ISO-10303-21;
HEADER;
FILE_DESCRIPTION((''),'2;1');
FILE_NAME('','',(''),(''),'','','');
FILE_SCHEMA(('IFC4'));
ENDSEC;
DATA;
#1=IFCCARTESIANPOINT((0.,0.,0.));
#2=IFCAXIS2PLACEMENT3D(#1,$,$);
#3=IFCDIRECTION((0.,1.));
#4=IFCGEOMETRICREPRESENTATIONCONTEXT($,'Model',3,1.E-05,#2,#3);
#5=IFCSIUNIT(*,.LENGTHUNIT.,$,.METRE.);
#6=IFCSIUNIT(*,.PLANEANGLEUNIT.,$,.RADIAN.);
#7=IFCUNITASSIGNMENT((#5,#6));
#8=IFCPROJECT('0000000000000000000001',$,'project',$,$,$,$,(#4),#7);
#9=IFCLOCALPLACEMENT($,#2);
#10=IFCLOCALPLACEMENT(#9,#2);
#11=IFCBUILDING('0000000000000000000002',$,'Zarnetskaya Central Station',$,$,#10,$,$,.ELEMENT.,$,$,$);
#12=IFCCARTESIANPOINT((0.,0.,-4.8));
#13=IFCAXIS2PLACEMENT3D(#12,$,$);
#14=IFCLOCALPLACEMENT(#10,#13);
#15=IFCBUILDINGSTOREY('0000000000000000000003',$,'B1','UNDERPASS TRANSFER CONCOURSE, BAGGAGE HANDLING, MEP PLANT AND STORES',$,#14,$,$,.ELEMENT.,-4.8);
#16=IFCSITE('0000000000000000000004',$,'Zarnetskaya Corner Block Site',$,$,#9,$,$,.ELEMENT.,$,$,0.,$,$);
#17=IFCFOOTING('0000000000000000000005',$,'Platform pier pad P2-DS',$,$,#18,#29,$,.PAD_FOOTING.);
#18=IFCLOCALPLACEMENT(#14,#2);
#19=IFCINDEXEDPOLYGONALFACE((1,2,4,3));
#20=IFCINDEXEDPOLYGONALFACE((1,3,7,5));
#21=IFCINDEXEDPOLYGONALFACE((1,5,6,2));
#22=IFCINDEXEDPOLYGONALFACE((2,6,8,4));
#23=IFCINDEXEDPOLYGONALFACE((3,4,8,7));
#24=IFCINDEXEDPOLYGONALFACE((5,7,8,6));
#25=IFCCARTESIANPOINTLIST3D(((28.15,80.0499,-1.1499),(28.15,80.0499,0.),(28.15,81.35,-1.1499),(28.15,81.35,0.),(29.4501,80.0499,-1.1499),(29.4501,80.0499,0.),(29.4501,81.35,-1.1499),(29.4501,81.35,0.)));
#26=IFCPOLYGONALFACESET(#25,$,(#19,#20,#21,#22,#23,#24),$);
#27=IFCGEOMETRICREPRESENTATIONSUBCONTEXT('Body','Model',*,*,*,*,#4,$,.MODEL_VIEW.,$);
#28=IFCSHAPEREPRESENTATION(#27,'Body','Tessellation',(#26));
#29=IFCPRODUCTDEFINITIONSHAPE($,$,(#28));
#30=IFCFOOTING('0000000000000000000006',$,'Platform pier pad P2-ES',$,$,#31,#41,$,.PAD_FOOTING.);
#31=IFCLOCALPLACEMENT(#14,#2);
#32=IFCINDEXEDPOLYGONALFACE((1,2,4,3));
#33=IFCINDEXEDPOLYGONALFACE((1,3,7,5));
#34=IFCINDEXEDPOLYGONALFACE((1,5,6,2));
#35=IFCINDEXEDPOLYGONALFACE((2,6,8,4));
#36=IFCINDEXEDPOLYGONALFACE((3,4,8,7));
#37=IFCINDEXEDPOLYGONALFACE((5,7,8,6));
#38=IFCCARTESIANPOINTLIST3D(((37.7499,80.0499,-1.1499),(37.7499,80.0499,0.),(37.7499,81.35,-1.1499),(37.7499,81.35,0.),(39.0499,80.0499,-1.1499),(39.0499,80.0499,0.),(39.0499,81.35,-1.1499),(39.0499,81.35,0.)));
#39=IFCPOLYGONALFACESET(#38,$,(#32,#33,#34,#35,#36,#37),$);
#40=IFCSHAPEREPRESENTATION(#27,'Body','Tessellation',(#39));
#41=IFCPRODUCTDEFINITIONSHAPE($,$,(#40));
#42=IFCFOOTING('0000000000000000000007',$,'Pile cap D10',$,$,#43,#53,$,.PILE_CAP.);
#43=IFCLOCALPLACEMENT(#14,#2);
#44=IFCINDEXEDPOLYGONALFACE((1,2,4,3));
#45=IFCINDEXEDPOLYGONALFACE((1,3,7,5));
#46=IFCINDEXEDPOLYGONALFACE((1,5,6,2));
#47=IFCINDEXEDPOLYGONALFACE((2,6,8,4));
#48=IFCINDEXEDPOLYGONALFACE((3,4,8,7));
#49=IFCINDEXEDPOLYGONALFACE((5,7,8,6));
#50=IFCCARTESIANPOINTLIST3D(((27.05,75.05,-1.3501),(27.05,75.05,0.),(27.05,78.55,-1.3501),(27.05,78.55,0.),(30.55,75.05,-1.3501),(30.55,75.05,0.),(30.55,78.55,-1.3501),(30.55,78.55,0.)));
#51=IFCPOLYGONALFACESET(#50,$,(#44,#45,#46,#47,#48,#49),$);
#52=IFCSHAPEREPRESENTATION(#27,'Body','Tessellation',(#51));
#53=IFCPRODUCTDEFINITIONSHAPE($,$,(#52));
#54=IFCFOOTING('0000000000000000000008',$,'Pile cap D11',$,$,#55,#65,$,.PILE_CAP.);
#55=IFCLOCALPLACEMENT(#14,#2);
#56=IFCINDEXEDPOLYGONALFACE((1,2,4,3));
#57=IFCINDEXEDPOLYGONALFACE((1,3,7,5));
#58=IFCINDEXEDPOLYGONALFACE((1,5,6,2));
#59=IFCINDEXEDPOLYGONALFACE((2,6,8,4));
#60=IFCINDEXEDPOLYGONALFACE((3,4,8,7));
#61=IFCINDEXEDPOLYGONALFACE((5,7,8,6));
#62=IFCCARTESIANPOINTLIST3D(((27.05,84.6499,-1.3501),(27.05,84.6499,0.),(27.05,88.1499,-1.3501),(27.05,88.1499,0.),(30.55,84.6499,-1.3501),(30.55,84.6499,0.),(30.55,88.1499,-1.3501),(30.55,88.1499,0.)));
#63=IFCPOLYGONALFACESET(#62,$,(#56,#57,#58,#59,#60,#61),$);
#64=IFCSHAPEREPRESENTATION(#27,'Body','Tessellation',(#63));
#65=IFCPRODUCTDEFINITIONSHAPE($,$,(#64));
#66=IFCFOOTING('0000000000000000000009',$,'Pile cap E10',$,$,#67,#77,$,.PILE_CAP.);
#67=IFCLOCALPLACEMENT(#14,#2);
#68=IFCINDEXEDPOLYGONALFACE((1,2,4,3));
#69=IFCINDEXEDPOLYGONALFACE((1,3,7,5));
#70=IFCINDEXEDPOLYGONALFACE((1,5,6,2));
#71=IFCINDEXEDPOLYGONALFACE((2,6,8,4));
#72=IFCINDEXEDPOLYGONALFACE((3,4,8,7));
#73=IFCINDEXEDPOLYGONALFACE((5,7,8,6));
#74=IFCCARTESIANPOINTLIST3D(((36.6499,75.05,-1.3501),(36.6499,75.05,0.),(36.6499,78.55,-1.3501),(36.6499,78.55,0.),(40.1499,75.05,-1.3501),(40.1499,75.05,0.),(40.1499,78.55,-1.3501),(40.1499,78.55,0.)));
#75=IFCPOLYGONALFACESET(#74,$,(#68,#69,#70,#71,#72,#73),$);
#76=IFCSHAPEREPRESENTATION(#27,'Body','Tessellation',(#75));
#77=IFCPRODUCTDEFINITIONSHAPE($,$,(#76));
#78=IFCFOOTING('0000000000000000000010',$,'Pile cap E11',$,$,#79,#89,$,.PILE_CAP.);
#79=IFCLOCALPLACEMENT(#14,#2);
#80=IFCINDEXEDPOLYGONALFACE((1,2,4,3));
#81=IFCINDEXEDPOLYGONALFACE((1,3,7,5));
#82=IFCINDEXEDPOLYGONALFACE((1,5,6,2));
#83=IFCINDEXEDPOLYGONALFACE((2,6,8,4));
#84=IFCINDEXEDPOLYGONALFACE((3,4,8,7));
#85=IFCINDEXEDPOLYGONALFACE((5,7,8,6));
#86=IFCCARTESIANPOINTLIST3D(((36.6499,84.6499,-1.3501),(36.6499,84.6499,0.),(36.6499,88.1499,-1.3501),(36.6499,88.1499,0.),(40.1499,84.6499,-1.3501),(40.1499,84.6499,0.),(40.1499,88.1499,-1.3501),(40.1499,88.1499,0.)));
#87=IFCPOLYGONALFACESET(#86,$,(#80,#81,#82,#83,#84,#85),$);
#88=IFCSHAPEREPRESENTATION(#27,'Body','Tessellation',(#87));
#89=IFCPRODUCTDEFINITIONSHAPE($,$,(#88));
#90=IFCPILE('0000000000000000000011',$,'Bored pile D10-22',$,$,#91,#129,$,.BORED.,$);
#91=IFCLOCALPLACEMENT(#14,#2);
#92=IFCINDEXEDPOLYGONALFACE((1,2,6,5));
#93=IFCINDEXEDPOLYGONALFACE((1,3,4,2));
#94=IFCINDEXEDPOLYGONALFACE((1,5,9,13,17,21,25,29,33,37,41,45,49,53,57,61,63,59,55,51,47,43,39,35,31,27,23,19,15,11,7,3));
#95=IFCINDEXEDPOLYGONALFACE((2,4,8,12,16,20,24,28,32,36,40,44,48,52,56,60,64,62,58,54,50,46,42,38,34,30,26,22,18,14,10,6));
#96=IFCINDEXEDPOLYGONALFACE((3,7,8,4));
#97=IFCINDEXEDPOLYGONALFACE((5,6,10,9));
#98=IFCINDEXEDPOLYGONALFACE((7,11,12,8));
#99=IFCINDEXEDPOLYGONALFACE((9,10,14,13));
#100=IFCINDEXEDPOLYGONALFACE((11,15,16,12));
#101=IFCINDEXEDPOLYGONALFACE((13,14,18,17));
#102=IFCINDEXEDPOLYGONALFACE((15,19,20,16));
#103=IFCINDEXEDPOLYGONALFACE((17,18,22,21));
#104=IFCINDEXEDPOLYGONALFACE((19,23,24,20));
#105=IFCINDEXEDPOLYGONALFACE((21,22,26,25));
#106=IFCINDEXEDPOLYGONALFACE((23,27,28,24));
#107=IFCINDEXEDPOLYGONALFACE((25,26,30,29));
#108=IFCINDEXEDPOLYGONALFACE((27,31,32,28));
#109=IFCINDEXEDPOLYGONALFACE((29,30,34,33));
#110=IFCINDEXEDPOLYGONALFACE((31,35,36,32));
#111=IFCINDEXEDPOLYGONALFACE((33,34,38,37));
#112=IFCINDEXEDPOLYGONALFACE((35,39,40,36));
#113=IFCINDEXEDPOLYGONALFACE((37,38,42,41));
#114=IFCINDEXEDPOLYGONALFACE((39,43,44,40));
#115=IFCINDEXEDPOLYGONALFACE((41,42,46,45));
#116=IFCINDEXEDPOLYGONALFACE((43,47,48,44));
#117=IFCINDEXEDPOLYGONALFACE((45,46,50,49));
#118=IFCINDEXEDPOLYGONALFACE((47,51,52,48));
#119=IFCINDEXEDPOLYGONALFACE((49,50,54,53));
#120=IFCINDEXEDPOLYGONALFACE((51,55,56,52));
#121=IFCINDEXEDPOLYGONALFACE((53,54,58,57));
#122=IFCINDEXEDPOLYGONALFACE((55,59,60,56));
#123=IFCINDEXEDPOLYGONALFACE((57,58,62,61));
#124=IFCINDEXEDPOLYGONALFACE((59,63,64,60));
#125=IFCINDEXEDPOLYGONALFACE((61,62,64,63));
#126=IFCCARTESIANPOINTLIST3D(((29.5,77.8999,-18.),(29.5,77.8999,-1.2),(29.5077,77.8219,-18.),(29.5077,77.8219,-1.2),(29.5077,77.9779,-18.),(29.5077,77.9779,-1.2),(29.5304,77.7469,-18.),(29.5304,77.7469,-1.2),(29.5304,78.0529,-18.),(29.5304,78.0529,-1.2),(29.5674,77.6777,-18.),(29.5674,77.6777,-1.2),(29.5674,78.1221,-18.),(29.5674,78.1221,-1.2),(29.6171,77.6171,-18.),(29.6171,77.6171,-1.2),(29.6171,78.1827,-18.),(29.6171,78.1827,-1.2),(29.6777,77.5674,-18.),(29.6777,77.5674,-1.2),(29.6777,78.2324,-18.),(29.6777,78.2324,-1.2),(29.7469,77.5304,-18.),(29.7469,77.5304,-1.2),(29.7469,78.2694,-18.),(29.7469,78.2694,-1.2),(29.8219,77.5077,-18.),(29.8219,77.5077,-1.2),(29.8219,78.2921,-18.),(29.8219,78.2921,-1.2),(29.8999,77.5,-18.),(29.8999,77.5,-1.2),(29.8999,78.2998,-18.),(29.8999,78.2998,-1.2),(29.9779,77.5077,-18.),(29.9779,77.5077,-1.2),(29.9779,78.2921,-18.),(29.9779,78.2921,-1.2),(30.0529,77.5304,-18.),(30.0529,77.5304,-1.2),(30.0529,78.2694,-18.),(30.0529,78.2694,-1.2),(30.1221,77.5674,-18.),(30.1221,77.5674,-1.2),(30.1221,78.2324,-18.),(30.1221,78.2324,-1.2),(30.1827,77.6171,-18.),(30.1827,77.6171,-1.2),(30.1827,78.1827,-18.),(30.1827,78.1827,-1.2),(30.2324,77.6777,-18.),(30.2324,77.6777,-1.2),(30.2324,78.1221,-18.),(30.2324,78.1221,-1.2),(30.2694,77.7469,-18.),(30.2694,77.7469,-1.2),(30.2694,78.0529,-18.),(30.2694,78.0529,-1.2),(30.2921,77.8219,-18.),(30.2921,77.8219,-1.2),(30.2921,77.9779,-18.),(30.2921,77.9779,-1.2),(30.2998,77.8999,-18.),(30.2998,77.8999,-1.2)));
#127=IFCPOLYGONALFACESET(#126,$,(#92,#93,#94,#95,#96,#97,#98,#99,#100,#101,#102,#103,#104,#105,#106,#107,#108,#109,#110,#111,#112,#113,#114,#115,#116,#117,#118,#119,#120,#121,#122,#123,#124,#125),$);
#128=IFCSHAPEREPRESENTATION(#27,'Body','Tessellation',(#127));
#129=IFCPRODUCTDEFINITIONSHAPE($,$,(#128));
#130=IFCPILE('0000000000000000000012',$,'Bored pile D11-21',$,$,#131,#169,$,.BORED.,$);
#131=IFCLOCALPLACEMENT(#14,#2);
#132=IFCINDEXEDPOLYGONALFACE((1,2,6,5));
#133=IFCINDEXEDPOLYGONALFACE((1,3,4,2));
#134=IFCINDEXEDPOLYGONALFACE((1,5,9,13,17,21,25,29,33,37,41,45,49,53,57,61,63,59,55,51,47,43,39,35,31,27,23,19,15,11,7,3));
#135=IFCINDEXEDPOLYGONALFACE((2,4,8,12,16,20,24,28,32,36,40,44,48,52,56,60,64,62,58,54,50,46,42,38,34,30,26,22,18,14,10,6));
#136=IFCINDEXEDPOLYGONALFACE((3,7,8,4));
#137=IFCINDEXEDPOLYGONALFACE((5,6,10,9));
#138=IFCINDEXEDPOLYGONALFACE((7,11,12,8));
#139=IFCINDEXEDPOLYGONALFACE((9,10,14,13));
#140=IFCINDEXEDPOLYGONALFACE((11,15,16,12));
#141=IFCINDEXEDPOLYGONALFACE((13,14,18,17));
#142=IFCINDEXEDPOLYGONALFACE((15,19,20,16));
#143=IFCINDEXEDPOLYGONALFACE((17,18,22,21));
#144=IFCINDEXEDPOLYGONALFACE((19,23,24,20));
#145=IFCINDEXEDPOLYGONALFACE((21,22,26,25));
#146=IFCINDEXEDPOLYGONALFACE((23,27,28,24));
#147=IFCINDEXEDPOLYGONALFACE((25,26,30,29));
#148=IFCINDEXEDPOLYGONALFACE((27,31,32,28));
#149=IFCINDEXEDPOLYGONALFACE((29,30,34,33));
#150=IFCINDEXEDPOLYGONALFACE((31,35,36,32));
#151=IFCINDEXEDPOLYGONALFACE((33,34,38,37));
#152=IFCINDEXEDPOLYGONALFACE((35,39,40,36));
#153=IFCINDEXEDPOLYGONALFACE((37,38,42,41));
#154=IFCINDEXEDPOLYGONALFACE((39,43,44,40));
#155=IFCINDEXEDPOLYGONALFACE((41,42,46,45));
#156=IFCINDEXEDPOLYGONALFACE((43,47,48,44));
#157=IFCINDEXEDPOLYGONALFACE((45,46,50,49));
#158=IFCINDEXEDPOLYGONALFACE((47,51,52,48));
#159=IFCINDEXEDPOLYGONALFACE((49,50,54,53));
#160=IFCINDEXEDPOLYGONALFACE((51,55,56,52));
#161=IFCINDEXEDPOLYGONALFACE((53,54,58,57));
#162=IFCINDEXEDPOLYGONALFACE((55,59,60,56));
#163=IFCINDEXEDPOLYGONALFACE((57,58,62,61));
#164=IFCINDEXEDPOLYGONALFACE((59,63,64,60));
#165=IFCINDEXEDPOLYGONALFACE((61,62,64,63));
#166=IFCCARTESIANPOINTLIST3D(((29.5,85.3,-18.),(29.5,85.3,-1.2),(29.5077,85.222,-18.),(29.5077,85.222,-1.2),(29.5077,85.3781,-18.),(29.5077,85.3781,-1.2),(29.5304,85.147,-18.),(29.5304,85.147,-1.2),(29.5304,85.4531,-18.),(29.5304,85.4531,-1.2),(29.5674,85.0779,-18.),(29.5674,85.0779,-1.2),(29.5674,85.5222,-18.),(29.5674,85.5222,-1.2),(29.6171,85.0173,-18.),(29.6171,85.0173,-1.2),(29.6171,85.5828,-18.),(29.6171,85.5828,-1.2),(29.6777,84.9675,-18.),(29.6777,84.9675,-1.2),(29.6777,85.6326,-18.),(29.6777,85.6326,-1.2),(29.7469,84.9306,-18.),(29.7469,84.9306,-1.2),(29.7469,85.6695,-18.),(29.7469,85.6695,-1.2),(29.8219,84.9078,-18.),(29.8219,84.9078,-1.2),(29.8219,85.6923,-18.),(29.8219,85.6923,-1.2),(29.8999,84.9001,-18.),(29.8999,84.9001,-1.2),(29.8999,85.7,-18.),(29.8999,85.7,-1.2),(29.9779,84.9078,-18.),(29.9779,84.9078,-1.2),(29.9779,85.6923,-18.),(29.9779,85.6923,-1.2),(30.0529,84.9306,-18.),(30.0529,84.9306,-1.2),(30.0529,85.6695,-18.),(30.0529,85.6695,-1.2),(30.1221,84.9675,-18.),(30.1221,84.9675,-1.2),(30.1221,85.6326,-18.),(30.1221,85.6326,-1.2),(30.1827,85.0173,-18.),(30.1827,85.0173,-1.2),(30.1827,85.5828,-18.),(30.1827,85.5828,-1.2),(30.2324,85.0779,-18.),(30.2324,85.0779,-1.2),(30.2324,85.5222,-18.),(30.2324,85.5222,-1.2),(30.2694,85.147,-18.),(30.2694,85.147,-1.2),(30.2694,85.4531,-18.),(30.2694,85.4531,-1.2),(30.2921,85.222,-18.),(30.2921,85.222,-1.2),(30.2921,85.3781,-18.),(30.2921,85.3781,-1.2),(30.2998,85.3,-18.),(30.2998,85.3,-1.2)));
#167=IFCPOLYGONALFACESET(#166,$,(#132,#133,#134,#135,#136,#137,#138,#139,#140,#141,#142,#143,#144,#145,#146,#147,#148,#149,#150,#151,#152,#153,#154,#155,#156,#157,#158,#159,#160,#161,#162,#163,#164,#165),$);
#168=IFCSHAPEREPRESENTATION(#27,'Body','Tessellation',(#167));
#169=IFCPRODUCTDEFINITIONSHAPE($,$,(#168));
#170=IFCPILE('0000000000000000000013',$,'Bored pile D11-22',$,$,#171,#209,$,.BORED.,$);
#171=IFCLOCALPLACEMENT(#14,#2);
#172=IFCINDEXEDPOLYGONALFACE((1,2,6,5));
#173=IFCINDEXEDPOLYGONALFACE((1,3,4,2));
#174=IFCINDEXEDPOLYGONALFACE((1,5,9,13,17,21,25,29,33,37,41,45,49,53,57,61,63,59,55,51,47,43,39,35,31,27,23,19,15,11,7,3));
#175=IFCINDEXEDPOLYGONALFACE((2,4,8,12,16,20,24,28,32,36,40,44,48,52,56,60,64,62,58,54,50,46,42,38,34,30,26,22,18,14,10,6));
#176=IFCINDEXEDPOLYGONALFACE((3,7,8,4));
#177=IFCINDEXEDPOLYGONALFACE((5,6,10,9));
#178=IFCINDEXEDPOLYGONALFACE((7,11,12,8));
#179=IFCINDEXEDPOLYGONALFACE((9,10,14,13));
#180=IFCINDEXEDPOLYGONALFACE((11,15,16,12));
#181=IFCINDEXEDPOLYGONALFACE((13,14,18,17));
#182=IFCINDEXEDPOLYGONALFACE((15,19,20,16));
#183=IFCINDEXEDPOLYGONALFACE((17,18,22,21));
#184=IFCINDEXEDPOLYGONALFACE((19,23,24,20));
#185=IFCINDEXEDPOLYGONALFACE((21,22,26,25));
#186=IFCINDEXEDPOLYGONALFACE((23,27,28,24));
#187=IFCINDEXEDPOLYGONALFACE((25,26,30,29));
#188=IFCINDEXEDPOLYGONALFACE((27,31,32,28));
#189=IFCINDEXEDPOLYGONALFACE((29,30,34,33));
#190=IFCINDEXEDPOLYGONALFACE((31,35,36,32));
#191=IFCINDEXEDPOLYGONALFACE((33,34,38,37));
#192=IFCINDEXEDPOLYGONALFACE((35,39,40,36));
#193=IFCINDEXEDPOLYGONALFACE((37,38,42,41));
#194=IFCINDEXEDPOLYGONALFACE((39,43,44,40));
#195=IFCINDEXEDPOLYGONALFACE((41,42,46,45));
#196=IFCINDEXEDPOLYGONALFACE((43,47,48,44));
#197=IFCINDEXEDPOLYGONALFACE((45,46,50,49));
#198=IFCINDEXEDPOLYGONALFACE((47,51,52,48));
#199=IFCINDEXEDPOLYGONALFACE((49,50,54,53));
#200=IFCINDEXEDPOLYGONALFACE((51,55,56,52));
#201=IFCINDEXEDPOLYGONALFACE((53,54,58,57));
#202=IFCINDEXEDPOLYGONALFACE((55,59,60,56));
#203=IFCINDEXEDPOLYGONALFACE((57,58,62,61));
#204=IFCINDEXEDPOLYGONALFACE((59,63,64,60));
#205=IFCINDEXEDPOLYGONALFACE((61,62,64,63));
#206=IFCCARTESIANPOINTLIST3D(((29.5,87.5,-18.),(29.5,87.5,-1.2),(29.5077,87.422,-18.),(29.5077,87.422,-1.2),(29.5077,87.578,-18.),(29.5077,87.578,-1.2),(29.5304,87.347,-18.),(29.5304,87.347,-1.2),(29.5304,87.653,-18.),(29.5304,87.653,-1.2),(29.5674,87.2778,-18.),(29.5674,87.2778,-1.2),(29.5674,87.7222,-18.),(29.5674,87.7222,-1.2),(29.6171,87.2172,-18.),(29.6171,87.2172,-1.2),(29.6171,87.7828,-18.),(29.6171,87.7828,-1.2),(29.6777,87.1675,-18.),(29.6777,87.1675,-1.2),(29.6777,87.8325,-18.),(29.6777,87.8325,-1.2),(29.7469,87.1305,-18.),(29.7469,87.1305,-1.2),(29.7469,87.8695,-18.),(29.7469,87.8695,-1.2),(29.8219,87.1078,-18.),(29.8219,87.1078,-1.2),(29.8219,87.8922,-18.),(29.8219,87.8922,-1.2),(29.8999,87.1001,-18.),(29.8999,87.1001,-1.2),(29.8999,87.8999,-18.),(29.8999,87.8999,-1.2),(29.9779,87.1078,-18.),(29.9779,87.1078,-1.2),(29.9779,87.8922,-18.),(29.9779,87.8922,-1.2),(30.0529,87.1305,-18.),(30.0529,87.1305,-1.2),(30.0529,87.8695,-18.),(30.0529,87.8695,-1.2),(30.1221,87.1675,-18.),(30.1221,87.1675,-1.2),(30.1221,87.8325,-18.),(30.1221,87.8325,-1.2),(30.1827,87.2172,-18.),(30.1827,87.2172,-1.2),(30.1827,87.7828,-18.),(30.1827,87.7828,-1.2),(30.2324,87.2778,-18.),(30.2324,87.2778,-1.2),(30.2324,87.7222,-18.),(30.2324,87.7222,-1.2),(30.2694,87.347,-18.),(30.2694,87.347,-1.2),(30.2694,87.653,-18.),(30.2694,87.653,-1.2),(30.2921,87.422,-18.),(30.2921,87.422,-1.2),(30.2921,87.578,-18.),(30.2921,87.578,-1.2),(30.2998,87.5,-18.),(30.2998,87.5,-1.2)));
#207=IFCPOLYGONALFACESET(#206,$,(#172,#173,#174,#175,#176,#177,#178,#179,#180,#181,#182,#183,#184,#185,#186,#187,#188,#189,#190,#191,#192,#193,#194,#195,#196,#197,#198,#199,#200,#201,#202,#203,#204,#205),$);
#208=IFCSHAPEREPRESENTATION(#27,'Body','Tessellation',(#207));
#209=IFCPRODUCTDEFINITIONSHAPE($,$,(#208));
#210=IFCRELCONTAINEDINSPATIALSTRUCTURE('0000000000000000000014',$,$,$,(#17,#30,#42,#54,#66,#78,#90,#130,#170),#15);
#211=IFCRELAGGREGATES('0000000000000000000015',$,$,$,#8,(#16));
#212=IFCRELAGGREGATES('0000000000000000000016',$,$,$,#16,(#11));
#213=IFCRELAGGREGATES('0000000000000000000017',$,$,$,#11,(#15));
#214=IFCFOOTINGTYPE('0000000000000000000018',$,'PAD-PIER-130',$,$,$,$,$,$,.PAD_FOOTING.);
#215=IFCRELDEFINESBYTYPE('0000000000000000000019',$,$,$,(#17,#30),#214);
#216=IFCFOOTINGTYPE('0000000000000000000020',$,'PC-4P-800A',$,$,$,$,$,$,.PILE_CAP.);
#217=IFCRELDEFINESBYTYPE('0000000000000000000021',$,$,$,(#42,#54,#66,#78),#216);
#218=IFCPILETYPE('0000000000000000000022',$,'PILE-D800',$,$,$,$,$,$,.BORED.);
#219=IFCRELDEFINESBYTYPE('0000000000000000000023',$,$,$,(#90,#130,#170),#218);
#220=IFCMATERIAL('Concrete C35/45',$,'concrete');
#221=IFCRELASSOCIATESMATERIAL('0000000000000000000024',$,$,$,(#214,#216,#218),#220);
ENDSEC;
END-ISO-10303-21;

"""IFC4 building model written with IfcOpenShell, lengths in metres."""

from ifc_helpers import new_model, si_unit, direction, frame, origin, origin_2d, place, context, subcontext, project, spatial, rectangle, circle, extrude, material, material_profile, profile_set, type_object, element, save


model = new_model("IFC4")

# Units and contexts
model_context = context("Model", 3, precision=1e-05, world=origin(), true_north=direction((0.0, 1.0)))
body_context = subcontext(model_context, "Body", "Model", "MODEL_VIEW")
ifc_project = project(units=[si_unit("LENGTHUNIT", "METRE"), si_unit("PLANEANGLEUNIT", "RADIAN")], contexts=[model_context])

# Site, building, storey
site_placement = place(None, origin())
site = spatial("IfcSite", under=ifc_project, at=site_placement, Name="Zarnetskaya Corner Block Site", CompositionType="ELEMENT", RefElevation=0.0)
building_placement = place(site_placement, origin())
building = spatial("IfcBuilding", under=site, at=building_placement, Name="Zarnetskaya Central Station", CompositionType="ELEMENT")
storey_placement = place(building_placement, frame((0.0, 0.0, -4.8)))
storey = spatial("IfcBuildingStorey", under=building, at=storey_placement, Name="B1", Description="UNDERPASS TRANSFER CONCOURSE, BAGGAGE HANDLING, MEP PLANT AND STORES", CompositionType="ELEMENT", Elevation=-4.8)

# Footings
ifc_material = material(Name="Concrete C35/45", Category="concrete")
footing_type_1 = type_object("IfcFootingType", Name="PAD-PIER-130", PredefinedType="PAD_FOOTING", material=ifc_material)
for number, where, z_axis, x_axis, name in (
    (1, (28.8, 80.7, -1.1499), (0.0, 0.0, 1.0), (1.0, 0.0, 0.0), "Platform pier pad P2-DS"),
    (2, (38.3999, 80.7, -1.1499), (0.0, 0.0, 1.0), (1.0, 0.0, 0.0), "Platform pier pad P2-ES"),
):
    element("IfcFooting", number, at=place(storey_placement, frame(where, z_axis=z_axis, x_axis=x_axis)), inside=storey, type_object=footing_type_1, Name=name, PredefinedType="PAD_FOOTING", context=body_context, shape_type="SweptSolid", body=[
        extrude(rectangle(XDim=1.3, YDim=1.3, at=origin_2d()), origin(), (0.0, 0.0, 1.0), 1.1499),
    ])
footing_type_2 = type_object("IfcFootingType", Name="PC-4P-800A", PredefinedType="PILE_CAP", material=ifc_material)
for number, where, z_axis, x_axis, name in (
    (3, (28.8, 76.8, -1.3501), (0.0, 0.0, 1.0), (1.0, 0.0, 0.0), "Pile cap D10"),
    (4, (28.8, 86.3999, -1.3501), (0.0, 0.0, 1.0), (1.0, 0.0, 0.0), "Pile cap D11"),
    (5, (38.3999, 76.8, -1.3501), (0.0, 0.0, 1.0), (1.0, 0.0, 0.0), "Pile cap E10"),
    (6, (38.3999, 86.3999, -1.3501), (0.0, 0.0, 1.0), (1.0, 0.0, 0.0), "Pile cap E11"),
):
    element("IfcFooting", number, at=place(storey_placement, frame(where, z_axis=z_axis, x_axis=x_axis)), inside=storey, type_object=footing_type_2, Name=name, PredefinedType="PILE_CAP", context=body_context, shape_type="SweptSolid", body=[
        extrude(rectangle(XDim=3.5, YDim=3.5, at=origin_2d()), origin(), (0.0, 0.0, 1.0), 1.3501),
    ])

# Piles
ifc_material_profile_1 = material_profile(ifc_material, circle(Radius=0.3999, at=origin_2d()), Name="BORED PILE D800")
ifc_profile_set_1 = profile_set([ifc_material_profile_1], Name="Concrete C35/45")
pile_type = type_object("IfcPileType", Name="PILE-D800", PredefinedType="BORED", material=ifc_profile_set_1)
for number, where, z_axis, x_axis, name in (
    (7, (29.8999, 77.8999, -1.2), (0.0, 0.0, -1.0), (1.0, 0.0, 0.0), "Bored pile D10-22"),
    (8, (29.8999, 85.3, -1.2), (0.0, 0.0, -1.0), (1.0, 0.0, 0.0), "Bored pile D11-21"),
    (9, (29.8999, 87.5, -1.2), (0.0, 0.0, -1.0), (1.0, 0.0, 0.0), "Bored pile D11-22"),
):
    element("IfcPile", number, at=place(storey_placement, frame(where, z_axis=z_axis, x_axis=x_axis)), inside=storey, type_object=pile_type, Name=name, PredefinedType="BORED", context=body_context, shape_type="SweptSolid", body=[
        extrude(circle(Radius=0.3999, at=origin_2d()), origin(), (0.0, 0.0, 1.0), 16.8),
    ])

save(model, "model.ifc")
